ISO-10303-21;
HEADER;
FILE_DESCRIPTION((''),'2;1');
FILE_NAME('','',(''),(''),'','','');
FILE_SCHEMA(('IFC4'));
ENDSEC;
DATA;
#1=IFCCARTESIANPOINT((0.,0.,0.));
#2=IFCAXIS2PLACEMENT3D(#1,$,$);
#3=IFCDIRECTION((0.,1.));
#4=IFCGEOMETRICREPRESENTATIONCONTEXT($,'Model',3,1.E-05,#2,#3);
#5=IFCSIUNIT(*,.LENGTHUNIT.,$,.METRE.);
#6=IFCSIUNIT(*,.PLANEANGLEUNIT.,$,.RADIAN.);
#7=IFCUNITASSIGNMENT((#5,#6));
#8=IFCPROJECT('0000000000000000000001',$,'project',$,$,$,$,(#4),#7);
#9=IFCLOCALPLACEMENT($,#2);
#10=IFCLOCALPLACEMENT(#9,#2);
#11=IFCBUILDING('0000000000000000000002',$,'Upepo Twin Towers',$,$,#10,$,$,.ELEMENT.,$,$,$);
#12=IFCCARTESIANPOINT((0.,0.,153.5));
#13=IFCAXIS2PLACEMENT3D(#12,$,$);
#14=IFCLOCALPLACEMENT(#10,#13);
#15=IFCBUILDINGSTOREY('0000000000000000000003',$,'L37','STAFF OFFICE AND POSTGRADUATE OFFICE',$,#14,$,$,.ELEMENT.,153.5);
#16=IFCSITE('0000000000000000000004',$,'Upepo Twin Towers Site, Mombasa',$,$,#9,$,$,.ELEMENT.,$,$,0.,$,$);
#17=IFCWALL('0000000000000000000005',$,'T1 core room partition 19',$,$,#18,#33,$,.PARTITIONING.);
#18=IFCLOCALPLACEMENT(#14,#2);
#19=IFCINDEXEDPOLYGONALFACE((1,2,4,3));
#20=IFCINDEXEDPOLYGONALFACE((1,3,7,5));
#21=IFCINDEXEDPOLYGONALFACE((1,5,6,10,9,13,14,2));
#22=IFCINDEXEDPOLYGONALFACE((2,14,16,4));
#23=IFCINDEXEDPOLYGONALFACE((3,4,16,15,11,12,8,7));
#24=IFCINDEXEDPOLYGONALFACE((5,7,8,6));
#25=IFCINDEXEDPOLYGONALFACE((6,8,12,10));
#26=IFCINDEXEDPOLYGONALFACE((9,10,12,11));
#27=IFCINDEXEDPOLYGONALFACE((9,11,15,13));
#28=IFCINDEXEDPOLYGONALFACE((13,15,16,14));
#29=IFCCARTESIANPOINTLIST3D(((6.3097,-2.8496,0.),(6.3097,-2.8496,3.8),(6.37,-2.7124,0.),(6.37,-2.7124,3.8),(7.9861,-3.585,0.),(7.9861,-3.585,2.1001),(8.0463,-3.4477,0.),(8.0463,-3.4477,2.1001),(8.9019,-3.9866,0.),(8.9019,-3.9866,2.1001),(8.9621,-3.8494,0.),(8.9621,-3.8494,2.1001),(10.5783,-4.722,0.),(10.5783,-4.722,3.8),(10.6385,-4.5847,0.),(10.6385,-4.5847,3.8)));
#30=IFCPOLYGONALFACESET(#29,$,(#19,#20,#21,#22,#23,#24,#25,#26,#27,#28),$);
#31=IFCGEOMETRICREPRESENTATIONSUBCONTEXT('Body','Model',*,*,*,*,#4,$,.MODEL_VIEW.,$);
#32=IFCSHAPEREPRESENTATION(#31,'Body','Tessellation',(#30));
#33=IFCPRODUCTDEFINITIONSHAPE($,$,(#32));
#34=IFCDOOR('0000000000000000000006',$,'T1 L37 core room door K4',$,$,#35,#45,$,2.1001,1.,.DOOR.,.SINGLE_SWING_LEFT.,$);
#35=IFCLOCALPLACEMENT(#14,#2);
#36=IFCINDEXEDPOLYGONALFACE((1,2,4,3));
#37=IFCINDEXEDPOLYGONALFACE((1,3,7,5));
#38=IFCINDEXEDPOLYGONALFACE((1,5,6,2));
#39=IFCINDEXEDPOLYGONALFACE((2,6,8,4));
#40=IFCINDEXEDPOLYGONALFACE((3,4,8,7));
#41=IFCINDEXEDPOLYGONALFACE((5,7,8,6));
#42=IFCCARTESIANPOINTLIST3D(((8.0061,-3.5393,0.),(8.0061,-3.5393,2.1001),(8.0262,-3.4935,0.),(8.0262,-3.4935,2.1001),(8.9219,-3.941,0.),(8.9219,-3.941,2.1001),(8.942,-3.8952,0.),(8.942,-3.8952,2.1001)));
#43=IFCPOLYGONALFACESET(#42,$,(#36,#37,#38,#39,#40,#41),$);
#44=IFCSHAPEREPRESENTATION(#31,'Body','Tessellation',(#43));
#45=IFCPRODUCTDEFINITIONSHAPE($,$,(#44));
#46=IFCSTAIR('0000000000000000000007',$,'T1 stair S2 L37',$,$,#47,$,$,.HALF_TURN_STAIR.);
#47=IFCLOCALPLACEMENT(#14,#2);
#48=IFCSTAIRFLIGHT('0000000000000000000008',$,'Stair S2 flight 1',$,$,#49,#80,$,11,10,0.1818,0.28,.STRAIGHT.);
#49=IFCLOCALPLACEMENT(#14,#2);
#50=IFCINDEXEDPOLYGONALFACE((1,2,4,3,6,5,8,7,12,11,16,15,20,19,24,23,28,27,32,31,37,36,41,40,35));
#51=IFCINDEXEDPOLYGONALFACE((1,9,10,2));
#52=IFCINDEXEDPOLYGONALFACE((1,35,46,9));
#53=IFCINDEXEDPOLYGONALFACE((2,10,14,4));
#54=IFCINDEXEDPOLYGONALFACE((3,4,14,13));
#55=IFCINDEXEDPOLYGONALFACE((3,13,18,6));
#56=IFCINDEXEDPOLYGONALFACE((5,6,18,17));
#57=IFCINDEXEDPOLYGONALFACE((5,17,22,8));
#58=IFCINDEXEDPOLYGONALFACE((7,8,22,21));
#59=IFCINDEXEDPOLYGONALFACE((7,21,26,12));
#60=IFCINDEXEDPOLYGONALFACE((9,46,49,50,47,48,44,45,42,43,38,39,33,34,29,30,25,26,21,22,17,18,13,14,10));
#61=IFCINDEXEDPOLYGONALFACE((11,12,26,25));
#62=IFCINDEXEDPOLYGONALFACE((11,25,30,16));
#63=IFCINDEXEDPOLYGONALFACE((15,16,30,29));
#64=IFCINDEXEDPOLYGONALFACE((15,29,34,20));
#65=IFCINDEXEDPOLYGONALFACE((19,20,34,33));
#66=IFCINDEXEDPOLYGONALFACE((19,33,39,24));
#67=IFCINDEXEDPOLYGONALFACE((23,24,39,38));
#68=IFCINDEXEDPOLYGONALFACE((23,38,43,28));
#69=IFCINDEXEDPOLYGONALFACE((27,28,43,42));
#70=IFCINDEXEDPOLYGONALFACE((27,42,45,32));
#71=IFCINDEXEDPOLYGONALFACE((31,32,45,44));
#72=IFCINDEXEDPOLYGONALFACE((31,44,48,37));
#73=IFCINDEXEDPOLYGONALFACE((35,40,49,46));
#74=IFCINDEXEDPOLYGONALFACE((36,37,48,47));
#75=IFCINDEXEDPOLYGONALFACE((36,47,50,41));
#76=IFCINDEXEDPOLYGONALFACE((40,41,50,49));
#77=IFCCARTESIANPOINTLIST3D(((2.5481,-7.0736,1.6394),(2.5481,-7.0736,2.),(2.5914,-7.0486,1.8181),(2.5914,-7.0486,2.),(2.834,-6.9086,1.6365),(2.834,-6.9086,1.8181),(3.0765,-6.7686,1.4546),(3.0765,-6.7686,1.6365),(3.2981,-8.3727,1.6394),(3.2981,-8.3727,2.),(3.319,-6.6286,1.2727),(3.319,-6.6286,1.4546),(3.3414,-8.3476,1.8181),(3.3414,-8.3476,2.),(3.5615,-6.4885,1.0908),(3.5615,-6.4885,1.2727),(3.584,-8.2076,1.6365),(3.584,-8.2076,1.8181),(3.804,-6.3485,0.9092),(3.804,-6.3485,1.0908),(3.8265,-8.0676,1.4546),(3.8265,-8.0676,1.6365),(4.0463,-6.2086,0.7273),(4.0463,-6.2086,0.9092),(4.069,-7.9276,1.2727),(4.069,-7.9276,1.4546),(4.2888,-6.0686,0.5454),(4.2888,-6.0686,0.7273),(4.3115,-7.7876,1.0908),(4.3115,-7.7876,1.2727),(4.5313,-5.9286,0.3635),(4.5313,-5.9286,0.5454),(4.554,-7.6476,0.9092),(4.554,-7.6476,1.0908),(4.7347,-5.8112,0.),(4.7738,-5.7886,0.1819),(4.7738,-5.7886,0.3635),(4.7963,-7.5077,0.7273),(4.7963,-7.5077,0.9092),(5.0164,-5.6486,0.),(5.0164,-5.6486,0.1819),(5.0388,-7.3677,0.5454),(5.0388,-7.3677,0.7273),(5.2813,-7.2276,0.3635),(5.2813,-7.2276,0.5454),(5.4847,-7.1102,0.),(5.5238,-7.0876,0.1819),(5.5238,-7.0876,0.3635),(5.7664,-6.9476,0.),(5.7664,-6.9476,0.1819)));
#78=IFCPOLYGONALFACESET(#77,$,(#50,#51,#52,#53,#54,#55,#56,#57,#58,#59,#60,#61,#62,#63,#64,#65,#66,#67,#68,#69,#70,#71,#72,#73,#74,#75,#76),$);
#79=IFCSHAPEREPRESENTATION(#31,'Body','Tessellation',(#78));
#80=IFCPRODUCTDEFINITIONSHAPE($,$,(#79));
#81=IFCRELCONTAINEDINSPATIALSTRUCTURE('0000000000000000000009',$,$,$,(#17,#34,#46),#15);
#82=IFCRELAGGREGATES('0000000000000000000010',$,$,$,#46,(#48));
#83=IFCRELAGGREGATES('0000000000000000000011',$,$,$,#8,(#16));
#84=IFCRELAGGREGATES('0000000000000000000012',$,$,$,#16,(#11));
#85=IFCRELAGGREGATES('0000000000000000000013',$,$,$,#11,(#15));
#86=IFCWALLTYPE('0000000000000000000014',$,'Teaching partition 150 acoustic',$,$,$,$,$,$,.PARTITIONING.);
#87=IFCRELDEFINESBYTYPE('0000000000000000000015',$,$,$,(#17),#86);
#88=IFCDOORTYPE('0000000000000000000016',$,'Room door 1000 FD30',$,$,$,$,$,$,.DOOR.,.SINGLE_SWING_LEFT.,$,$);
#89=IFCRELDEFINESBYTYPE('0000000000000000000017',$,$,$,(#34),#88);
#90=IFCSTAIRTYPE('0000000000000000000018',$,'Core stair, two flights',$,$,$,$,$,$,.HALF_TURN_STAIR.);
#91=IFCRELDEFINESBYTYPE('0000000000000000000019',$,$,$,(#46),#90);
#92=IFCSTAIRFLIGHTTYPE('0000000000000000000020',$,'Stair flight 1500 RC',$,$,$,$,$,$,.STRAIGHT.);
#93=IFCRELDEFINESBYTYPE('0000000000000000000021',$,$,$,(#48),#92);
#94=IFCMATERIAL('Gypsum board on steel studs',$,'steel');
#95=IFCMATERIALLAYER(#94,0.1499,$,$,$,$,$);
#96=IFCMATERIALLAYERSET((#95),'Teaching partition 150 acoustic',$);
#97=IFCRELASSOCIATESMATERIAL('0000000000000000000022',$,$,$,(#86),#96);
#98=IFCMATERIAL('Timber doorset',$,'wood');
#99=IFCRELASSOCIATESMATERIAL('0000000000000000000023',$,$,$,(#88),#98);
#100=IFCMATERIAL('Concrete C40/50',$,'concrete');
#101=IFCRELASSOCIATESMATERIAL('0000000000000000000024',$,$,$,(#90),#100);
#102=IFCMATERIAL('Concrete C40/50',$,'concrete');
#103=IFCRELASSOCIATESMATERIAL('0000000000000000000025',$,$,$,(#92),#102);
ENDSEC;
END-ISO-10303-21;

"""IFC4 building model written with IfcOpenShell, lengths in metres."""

from ifc_helpers import new_model, si_unit, direction, frame, frame_2d, origin, place, context, subcontext, project, spatial, polyline, rectangle, outline, extrude, material, layer, layer_set, type_object, element, fill, aggregate, save


model = new_model("IFC4")

# Units and contexts
model_context = context("Model", 3, precision=1e-05, world=origin(), true_north=direction((0.0, 1.0)))
body_context = subcontext(model_context, "Body", "Model", "MODEL_VIEW")
ifc_project = project(units=[si_unit("LENGTHUNIT", "METRE"), si_unit("PLANEANGLEUNIT", "RADIAN")], contexts=[model_context])

# Site, building, storey
site_placement = place(None, origin())
site = spatial("IfcSite", under=ifc_project, at=site_placement, Name="Upepo Twin Towers Site, Mombasa", CompositionType="ELEMENT", RefElevation=0.0)
building_placement = place(site_placement, origin())
building = spatial("IfcBuilding", under=site, at=building_placement, Name="Upepo Twin Towers", CompositionType="ELEMENT")
storey_placement = place(building_placement, frame((0.0, 0.0, 153.5)))
storey = spatial("IfcBuildingStorey", under=building, at=storey_placement, Name="L37", Description="STAFF OFFICE AND POSTGRADUATE OFFICE", CompositionType="ELEMENT", Elevation=153.5)

# Shared definitions
ifc_material_1 = material(Name="Gypsum board on steel studs", Category="steel")
ifc_layer_1 = layer(ifc_material_1, 0.1499)
ifc_layer_set_1 = layer_set([ifc_layer_1], Name="Teaching partition 150 acoustic")
wall_type_1 = type_object("IfcWallType", Name="Teaching partition 150 acoustic", PredefinedType="PARTITIONING", material=ifc_layer_set_1)

# Shared definitions
ifc_material_2 = material(Name="Timber doorset", Category="wood")
door_type_1 = type_object("IfcDoorType", Name="Room door 1000 FD30", OperationType="SINGLE_SWING_LEFT", PredefinedType="DOOR", material=ifc_material_2)

# Wall, opening, door
wall_1_placement = place(storey_placement, frame((6.3398, -2.781, 0.0), z_axis=(0.0, 0.0, 1.0), x_axis=(0.915777, -0.401687, 0.0)))
wall_1 = element("IfcWall", 1, at=wall_1_placement, inside=storey, type_object=wall_type_1, Name="T1 core room partition 19", PredefinedType="PARTITIONING", context=body_context, shape_type="SweptSolid", body=[
    extrude(rectangle(XDim=4.6611, YDim=0.1499, at=frame_2d((2.3306, 0.0))), origin(), (0.0, 0.0, 1.0), 3.8),
])
opening_1_placement = place(wall_1_placement, frame((1.8306, 0.0, 0.0)))
opening_1 = element("IfcOpeningElement", 2, at=opening_1_placement, cuts=wall_1, PredefinedType="OPENING", context=body_context, shape_type="SweptSolid", body=[
    extrude(rectangle(XDim=1.0, YDim=2.1001, at=frame_2d((0.5, 1.05))), frame((0.0, 0.085, 0.0), z_axis=(0.0, -1.0, 0.0), x_axis=(1.0, 0.0, 0.0)), (0.0, 0.0, 1.0), 0.1699),
])
door_1_placement = place(opening_1_placement, origin())
door_1 = element("IfcDoor", 3, at=door_1_placement, inside=storey, type_object=door_type_1, Name="T1 L37 core room door K4", OperationType="SINGLE_SWING_LEFT", OverallHeight=2.1001, OverallWidth=1.0, PredefinedType="DOOR", context=body_context, shape_type="SweptSolid", body=[
    extrude(rectangle(XDim=1.0, YDim=2.1001, at=frame_2d((0.5, 1.05))), frame((0.0, 0.0249, 0.0), z_axis=(0.0, -1.0, 0.0), x_axis=(1.0, 0.0, 0.0)), (0.0, 0.0, 1.0), 0.05),
])
fill(opening_1, door_1)

# Stair, stair flight
ifc_material_3 = material(Name="Concrete C40/50", Category="concrete")
stair_type = type_object("IfcStairType", Name="Core stair, two flights", PredefinedType="HALF_TURN_STAIR", material=ifc_material_3)
stair_placement = place(storey_placement, origin())
stair = element("IfcStair", 4, at=stair_placement, inside=storey, type_object=stair_type, Name="T1 stair S2 L37", PredefinedType="HALF_TURN_STAIR")
ifc_material_4 = material(Name="Concrete C40/50", Category="concrete")
stair_flight_type = type_object("IfcStairFlightType", Name="Stair flight 1500 RC", PredefinedType="STRAIGHT", material=ifc_material_4)
stair_flight_placement = place(storey_placement, frame((5.3914, -6.2981, 0.0), z_axis=(0.0, 0.0, 1.0), x_axis=(-0.866025, -0.5, 0.0)))
stair_flight = element("IfcStairFlight", 5, at=stair_flight_placement, type_object=stair_flight_type, Name="Stair S2 flight 1", NumberOfRisers=11, NumberOfTreads=10, PredefinedType="STRAIGHT", RiserHeight=0.1818, TreadLength=0.28, context=body_context, shape_type="SweptSolid", body=[
    extrude(outline(polyline([(0.0, 0.0), (0.0, 0.1819), (0.28, 0.1819), (0.28, 0.3635), (0.5601, 0.3635), (0.5601, 0.5454), (0.8401, 0.5454), (0.8401, 0.7273), (1.1201, 0.7273), (1.1201, 0.9092), (1.3999, 0.9092), (1.3999, 1.0908), (1.6799, 1.0908), (1.6799, 1.2727), (1.96, 1.2727), (1.96, 1.4546), (2.24, 1.4546), (2.24, 1.6365), (2.52, 1.6365), (2.52, 1.8181), (2.8, 1.8181), (2.8, 2.0), (2.8501, 2.0), (2.8501, 1.6394), (0.3252, 0.0), (0.0, 0.0)])), frame((0.0, 0.75, 0.0), z_axis=(0.0, -1.0, 0.0), x_axis=(1.0, 0.0, 0.0)), (0.0, 0.0, 1.0), 1.5),
])
aggregate(stair, [stair_flight])

save(model, "model.ifc")
